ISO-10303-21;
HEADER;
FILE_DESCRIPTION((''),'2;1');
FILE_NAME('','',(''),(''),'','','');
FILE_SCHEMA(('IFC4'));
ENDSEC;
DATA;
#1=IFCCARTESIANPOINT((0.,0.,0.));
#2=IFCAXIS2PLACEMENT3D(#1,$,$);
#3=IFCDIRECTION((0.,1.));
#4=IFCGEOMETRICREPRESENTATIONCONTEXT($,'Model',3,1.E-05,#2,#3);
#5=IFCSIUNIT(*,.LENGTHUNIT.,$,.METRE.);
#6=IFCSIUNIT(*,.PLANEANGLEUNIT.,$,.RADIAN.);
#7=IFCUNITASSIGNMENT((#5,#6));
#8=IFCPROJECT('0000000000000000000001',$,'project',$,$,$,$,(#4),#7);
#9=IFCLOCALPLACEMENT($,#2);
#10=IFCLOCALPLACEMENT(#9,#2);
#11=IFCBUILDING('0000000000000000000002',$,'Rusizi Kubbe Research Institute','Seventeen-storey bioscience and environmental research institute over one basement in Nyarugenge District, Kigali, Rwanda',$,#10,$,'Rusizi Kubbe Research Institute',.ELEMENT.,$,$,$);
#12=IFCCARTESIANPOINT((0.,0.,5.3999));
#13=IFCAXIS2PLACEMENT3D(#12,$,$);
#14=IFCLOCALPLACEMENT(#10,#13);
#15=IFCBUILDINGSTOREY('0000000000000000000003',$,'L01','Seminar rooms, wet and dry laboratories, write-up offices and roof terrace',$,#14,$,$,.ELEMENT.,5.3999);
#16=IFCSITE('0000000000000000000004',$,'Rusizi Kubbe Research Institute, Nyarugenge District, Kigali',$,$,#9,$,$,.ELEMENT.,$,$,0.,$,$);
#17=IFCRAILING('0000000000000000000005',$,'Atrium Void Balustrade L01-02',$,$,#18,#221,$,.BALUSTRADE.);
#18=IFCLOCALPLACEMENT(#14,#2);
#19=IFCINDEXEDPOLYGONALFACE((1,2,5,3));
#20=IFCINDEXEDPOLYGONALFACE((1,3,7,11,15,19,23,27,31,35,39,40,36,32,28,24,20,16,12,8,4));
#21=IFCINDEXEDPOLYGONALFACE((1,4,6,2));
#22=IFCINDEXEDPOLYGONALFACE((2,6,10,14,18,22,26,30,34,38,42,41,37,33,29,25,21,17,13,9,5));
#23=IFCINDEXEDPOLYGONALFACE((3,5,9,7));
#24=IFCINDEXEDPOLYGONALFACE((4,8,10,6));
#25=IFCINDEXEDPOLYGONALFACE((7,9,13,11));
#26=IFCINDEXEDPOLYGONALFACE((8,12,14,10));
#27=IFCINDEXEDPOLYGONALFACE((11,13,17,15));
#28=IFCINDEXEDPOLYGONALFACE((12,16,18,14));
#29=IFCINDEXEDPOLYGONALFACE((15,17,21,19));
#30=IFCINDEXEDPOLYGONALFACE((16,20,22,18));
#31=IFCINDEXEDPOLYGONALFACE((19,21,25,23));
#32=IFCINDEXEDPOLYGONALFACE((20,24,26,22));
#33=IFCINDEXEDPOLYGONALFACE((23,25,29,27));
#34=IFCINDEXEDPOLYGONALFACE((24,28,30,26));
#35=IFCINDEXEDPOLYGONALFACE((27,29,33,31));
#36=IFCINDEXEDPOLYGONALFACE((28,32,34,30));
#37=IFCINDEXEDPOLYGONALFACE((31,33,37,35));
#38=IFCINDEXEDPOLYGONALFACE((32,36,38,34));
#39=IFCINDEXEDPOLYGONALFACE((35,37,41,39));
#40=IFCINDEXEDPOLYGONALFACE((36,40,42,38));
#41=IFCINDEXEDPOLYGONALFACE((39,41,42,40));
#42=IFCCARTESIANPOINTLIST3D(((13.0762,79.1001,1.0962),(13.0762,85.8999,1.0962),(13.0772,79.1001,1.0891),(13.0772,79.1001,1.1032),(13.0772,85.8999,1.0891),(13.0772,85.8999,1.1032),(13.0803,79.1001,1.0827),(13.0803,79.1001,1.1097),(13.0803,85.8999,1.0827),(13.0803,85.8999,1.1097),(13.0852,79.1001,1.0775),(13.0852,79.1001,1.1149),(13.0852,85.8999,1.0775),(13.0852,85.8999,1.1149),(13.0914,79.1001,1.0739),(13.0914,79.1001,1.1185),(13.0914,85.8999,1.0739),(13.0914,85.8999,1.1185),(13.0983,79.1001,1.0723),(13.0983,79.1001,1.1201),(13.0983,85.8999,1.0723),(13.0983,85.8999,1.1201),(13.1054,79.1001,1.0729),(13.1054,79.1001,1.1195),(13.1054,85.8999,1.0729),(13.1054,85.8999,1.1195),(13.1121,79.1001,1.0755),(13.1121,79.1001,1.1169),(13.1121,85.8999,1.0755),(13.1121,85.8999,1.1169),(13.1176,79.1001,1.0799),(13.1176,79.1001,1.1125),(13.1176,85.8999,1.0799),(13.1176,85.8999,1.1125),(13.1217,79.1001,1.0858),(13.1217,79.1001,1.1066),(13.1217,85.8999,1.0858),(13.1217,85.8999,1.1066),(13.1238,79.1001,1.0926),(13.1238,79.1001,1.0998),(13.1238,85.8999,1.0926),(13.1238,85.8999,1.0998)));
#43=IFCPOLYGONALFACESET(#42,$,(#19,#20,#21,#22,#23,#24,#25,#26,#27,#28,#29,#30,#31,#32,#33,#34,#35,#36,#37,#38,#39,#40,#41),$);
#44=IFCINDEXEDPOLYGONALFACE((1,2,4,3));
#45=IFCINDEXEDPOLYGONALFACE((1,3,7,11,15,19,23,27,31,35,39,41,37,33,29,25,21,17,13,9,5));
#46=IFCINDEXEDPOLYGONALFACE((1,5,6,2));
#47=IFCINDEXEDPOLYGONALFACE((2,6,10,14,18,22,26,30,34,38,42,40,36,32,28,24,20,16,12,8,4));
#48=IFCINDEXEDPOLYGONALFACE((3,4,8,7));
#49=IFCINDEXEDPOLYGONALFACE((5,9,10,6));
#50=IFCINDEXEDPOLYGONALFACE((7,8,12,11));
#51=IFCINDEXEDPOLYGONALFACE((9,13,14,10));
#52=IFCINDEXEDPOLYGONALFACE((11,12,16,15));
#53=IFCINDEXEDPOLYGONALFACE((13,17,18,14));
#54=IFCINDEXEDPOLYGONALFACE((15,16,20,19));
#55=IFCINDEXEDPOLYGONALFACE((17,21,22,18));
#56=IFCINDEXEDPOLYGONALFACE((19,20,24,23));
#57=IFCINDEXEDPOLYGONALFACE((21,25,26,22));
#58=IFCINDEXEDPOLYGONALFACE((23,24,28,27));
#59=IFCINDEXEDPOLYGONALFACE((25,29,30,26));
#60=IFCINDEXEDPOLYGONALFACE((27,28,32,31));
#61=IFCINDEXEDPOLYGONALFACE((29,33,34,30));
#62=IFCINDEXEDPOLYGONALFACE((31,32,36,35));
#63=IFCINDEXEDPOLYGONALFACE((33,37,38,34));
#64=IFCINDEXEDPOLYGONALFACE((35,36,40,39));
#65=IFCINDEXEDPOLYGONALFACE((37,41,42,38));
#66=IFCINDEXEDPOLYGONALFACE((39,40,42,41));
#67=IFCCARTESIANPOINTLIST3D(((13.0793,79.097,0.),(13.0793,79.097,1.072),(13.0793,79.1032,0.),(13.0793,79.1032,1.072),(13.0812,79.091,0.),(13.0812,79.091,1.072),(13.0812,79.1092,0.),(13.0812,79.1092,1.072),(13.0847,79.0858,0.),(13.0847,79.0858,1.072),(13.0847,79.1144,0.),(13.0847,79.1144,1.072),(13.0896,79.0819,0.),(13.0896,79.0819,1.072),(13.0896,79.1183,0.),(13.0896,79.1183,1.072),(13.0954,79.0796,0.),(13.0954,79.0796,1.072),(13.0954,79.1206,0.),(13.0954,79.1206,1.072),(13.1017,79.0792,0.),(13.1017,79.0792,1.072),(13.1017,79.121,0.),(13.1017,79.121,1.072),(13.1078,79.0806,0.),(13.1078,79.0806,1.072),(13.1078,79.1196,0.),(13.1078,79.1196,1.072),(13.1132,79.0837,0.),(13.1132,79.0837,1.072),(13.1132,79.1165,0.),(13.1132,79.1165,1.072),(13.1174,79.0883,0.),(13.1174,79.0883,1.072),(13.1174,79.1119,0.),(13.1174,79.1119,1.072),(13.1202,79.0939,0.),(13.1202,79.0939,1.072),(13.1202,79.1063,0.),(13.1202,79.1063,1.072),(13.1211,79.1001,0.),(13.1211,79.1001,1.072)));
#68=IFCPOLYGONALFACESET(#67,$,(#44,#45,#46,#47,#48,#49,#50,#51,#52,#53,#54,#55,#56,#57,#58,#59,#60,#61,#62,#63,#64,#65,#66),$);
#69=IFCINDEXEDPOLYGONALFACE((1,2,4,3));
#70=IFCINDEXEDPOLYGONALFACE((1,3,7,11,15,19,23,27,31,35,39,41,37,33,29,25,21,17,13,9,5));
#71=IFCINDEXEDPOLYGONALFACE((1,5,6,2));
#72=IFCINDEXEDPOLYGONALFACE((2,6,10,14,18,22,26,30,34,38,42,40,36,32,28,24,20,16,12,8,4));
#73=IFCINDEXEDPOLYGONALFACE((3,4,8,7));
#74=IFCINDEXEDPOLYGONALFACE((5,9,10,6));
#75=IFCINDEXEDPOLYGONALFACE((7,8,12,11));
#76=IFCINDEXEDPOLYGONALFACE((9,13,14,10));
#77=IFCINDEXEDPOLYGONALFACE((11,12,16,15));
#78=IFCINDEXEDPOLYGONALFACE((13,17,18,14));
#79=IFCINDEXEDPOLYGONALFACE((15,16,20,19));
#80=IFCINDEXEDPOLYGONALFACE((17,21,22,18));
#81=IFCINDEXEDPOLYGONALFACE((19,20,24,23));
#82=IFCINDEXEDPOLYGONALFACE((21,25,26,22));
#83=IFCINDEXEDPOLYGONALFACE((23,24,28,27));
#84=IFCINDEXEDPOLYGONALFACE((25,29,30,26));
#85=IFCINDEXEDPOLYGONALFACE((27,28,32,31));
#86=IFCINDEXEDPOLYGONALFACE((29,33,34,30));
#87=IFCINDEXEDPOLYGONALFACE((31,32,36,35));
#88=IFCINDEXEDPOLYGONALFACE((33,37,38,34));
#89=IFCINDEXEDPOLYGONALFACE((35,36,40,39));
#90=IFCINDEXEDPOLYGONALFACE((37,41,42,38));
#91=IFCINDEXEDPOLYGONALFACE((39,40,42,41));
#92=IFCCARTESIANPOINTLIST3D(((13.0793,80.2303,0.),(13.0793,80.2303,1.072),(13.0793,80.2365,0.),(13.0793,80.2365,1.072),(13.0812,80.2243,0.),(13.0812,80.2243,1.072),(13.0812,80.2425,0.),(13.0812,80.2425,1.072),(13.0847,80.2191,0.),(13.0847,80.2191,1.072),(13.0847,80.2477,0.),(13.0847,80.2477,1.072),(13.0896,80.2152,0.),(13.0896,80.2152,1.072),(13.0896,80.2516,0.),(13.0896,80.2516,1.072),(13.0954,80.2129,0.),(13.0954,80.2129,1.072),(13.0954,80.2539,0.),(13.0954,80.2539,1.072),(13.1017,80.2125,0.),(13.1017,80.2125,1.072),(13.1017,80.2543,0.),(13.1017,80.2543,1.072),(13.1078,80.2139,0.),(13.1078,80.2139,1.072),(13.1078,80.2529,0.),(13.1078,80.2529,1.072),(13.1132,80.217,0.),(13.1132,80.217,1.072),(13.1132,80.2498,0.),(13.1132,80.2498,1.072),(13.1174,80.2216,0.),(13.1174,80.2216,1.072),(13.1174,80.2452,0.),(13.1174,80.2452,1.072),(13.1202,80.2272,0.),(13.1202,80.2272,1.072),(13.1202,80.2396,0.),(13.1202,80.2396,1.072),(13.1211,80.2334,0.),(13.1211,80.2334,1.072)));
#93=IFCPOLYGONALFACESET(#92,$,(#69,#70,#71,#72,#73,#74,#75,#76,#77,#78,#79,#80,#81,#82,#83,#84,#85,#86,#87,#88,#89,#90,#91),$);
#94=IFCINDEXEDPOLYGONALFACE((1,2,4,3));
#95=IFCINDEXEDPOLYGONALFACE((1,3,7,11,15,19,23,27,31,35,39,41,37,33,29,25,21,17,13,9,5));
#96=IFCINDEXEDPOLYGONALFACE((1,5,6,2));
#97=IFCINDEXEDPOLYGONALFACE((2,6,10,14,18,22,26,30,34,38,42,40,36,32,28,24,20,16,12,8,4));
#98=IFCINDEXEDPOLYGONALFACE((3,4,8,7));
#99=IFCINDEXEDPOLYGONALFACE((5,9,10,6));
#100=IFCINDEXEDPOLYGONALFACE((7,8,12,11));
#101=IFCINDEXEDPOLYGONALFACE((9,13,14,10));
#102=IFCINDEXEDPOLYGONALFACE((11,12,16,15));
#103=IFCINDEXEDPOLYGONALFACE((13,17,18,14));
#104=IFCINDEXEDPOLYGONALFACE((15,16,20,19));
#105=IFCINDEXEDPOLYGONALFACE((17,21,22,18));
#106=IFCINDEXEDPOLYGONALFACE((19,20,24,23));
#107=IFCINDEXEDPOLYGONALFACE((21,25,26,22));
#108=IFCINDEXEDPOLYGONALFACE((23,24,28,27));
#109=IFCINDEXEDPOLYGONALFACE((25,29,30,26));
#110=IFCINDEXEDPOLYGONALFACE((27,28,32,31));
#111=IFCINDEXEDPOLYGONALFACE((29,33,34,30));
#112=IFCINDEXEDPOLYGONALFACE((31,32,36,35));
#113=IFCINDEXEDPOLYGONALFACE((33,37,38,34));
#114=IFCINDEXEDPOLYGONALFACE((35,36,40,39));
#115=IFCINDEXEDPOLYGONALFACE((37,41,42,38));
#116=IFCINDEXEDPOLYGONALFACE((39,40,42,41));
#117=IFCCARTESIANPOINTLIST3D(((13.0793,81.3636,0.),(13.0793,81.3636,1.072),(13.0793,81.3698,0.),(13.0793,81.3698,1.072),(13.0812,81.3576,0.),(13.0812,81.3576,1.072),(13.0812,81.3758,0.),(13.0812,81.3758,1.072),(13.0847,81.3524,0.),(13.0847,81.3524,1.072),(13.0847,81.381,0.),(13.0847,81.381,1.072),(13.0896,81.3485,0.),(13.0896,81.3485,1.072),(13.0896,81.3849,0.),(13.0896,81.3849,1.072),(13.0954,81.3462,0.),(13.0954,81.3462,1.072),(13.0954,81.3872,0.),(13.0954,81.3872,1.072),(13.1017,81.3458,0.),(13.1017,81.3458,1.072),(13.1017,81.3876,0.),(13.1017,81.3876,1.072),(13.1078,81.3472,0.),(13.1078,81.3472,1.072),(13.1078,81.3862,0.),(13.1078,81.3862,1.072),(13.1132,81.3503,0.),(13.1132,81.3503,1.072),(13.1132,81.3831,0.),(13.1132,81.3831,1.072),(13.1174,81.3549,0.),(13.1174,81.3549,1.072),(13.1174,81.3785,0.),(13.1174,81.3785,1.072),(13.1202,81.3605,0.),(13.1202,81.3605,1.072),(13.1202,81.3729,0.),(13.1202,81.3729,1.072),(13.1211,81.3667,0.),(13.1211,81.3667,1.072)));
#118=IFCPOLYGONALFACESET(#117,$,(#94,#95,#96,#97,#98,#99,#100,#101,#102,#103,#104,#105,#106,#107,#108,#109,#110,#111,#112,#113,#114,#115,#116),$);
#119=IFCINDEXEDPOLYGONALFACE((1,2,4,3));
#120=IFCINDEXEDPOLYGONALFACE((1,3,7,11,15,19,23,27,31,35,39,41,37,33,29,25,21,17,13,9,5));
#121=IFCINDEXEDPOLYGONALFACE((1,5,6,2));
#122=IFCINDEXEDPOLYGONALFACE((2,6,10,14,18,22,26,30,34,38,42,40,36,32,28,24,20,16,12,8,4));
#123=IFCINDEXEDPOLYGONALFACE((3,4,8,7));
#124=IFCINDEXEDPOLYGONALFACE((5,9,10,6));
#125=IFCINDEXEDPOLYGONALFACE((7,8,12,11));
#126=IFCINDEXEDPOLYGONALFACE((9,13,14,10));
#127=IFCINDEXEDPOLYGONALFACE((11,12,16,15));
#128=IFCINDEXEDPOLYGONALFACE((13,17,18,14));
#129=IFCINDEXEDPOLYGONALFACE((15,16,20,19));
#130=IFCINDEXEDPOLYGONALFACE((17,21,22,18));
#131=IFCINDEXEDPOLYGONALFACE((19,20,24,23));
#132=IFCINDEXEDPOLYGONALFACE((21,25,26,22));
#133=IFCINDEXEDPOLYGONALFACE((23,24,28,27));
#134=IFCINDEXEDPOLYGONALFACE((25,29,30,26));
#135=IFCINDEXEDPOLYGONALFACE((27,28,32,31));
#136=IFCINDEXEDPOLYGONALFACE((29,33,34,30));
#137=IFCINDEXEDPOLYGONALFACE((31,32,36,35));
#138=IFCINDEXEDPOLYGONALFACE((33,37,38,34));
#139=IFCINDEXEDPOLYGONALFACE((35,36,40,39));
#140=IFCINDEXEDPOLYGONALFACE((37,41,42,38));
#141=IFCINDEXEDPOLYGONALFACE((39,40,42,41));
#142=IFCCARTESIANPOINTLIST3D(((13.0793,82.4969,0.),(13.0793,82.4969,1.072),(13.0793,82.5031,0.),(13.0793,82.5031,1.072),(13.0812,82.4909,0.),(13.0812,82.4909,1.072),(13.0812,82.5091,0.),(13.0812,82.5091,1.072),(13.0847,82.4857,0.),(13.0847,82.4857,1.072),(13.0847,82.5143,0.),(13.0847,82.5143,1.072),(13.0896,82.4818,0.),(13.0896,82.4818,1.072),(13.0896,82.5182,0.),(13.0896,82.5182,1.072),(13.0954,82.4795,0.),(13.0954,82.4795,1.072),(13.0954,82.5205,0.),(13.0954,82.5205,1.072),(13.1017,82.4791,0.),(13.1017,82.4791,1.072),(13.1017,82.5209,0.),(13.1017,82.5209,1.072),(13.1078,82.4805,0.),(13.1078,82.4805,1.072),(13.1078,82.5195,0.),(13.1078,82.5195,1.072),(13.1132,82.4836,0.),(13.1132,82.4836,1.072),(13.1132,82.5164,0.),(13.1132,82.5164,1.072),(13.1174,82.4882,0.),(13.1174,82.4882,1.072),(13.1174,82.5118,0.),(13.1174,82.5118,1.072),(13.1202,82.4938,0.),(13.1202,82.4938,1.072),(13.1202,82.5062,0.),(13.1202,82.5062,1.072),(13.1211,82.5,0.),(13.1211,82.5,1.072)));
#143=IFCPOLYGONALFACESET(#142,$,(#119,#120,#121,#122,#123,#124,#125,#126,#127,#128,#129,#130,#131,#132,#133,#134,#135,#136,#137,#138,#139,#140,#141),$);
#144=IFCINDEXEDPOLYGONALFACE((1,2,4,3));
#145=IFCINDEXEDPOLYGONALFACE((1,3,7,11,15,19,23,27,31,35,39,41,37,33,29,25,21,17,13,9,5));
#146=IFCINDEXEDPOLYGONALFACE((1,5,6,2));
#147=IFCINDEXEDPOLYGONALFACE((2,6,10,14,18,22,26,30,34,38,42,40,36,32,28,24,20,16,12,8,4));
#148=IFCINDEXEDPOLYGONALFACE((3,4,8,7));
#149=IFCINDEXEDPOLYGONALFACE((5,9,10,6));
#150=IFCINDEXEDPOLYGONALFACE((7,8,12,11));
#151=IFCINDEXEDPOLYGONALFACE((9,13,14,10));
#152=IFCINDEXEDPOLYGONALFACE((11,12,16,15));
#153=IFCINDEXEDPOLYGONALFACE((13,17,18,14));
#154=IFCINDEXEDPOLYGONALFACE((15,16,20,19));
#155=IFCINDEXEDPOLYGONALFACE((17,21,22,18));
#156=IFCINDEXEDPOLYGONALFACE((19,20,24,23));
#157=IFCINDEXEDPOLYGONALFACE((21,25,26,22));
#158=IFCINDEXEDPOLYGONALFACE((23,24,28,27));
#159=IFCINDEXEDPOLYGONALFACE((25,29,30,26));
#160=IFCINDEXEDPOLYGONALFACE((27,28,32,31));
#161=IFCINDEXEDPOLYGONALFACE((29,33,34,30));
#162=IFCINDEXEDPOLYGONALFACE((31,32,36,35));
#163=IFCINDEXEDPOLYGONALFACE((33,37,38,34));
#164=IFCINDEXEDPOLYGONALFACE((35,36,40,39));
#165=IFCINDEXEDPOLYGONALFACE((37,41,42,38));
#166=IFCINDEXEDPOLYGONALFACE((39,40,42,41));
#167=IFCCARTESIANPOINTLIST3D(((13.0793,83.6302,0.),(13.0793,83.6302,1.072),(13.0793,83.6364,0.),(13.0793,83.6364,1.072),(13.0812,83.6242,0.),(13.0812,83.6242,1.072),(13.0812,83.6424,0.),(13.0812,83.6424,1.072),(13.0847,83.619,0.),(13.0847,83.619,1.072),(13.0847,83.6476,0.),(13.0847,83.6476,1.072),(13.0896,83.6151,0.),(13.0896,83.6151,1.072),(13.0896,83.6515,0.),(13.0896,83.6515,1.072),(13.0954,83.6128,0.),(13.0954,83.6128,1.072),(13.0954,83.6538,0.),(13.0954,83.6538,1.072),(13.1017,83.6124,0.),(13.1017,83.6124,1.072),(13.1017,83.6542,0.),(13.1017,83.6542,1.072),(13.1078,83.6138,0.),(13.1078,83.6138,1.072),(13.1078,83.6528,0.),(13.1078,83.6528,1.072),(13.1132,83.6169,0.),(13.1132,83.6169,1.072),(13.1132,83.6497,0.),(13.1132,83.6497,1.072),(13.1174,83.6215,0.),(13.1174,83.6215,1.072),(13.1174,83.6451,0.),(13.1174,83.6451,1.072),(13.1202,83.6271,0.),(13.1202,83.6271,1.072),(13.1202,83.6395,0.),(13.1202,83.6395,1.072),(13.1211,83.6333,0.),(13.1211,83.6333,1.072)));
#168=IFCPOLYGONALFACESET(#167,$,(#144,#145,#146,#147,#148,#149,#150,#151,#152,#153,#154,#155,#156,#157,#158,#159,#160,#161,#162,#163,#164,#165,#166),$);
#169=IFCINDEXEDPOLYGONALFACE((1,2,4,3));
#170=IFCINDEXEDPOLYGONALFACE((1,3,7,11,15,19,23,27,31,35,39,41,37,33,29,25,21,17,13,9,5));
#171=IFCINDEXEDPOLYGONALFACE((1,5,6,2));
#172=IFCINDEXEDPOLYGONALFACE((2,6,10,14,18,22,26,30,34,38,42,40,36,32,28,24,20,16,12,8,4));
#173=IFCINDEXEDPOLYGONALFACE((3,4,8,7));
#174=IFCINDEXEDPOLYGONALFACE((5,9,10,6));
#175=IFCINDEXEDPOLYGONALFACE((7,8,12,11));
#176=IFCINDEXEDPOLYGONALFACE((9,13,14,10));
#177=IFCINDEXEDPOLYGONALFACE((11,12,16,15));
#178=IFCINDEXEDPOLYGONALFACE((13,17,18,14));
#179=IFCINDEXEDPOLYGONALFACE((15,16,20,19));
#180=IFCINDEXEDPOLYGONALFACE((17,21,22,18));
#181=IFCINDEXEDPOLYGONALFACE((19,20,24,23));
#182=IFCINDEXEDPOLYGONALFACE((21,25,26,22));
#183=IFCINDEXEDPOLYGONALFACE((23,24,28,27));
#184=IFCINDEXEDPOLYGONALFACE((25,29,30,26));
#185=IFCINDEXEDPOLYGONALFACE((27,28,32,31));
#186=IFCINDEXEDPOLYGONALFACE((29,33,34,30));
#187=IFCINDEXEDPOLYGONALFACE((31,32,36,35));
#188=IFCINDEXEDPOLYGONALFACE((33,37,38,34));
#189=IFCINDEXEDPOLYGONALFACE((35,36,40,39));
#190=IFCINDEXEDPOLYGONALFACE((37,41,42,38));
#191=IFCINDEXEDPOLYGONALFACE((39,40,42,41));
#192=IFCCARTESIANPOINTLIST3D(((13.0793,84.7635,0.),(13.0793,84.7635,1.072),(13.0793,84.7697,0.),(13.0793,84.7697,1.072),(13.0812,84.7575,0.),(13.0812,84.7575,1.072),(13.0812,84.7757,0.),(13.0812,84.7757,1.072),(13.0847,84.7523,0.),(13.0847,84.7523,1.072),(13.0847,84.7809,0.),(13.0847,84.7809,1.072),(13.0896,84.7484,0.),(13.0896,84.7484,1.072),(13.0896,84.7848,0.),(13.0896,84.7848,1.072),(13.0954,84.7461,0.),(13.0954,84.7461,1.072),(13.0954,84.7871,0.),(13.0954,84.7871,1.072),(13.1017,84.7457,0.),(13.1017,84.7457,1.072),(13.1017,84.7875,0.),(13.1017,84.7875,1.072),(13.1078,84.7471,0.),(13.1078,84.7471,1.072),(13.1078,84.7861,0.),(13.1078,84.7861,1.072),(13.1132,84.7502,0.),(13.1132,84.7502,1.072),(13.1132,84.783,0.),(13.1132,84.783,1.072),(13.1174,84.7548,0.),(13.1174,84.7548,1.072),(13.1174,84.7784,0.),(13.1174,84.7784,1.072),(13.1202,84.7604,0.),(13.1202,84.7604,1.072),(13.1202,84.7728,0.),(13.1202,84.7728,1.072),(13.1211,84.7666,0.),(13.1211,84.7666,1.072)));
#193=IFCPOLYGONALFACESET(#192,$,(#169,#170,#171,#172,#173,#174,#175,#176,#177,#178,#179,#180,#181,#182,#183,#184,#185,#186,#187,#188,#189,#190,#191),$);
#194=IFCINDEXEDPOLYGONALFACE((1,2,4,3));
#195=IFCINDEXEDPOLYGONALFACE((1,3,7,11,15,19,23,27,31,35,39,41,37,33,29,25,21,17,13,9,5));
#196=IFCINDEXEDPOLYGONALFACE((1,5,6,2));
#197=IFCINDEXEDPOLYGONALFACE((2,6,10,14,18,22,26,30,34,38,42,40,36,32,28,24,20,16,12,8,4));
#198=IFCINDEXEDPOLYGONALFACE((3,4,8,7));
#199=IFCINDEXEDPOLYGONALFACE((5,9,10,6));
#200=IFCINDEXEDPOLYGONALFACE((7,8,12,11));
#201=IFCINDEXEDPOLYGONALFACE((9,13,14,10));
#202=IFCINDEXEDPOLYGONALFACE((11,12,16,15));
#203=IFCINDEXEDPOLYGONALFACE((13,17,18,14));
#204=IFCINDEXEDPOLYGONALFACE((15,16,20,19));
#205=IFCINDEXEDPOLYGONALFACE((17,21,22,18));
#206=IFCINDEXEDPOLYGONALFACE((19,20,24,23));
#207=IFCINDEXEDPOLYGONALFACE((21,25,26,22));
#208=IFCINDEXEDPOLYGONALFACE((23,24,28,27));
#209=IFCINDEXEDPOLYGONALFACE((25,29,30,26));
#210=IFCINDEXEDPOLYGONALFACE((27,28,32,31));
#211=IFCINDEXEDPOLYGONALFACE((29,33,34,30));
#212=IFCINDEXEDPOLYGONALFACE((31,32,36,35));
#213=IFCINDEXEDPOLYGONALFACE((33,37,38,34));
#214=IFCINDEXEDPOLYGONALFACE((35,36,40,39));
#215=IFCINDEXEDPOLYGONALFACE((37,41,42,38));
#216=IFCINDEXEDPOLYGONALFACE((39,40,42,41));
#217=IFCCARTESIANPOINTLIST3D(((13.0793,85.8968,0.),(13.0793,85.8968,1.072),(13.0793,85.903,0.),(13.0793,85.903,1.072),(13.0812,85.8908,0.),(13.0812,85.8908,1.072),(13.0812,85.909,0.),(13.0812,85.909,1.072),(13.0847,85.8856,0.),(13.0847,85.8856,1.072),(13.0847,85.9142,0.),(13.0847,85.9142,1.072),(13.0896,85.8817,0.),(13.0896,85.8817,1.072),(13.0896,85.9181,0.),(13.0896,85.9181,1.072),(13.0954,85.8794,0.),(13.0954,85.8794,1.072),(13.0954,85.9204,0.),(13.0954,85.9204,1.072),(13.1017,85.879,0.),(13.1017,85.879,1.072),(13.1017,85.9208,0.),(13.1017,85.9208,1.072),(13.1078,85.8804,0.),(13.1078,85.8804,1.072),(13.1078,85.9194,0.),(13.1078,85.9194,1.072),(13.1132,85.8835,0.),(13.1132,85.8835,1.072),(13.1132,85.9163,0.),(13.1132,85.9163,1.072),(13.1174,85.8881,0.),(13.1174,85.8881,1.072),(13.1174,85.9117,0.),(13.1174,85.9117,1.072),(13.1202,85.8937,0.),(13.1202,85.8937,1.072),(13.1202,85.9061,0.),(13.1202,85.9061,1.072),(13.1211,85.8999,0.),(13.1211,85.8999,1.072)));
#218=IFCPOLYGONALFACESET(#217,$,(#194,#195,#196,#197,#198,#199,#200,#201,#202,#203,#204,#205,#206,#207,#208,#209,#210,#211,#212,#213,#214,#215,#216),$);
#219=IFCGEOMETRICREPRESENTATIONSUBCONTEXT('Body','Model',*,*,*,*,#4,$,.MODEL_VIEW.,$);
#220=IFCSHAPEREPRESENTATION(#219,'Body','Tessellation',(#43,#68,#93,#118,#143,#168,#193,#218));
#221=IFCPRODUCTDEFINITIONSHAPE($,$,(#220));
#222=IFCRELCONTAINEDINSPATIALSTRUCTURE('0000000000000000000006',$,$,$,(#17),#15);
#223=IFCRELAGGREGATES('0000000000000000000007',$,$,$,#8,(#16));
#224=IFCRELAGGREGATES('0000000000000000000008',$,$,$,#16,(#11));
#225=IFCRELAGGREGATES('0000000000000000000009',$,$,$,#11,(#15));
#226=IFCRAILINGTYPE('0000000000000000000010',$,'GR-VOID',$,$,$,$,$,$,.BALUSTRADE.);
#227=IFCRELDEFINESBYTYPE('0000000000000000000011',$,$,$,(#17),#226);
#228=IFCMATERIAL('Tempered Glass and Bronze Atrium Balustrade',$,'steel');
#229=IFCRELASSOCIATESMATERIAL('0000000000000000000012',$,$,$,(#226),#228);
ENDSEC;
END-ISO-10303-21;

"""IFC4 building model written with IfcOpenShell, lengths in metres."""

from ifc_helpers import new_model, si_unit, direction, frame, origin, origin_2d, place, context, subcontext, project, spatial, circle, extrude, material, type_object, element, save


model = new_model("IFC4")

# Units and contexts
model_context = context("Model", 3, precision=1e-05, world=origin(), true_north=direction((0.0, 1.0)))
body_context = subcontext(model_context, "Body", "Model", "MODEL_VIEW")
ifc_project = project(units=[si_unit("LENGTHUNIT", "METRE"), si_unit("PLANEANGLEUNIT", "RADIAN")], contexts=[model_context])

# Site, building, storey
site_placement = place(None, origin())
site = spatial("IfcSite", under=ifc_project, at=site_placement, Name="Rusizi Kubbe Research Institute, Nyarugenge District, Kigali", CompositionType="ELEMENT", RefElevation=0.0)
building_placement = place(site_placement, origin())
building = spatial("IfcBuilding", under=site, at=building_placement, Name="Rusizi Kubbe Research Institute", Description="Seventeen-storey bioscience and environmental research institute over one basement in Nyarugenge District, Kigali, Rwanda", LongName="Rusizi Kubbe Research Institute", CompositionType="ELEMENT")
storey_placement = place(building_placement, frame((0.0, 0.0, 5.3999)))
storey = spatial("IfcBuildingStorey", under=building, at=storey_placement, Name="L01", Description="Seminar rooms, wet and dry laboratories, write-up offices and roof terrace", CompositionType="ELEMENT", Elevation=5.3999)

# Railing
ifc_material_1 = material(Name="Tempered Glass and Bronze Atrium Balustrade", Category="steel")
railing_type = type_object("IfcRailingType", Name="GR-VOID", PredefinedType="BALUSTRADE", material=ifc_material_1)
railing_1_placement = place(storey_placement, frame((13.1001, 79.1001, 0.0)))
element("IfcRailing", 1, at=railing_1_placement, inside=storey, type_object=railing_type, Name="Atrium Void Balustrade L01-02", PredefinedType="BALUSTRADE", context=body_context, shape_type="SweptSolid", body=[
    extrude(circle(Radius=0.0239, at=origin_2d()), frame((0.0, 0.0, 1.0962), z_axis=(0.0, 1.0, 0.0), x_axis=(-1.0, 0.0, 0.0)), (0.0, 0.0, 1.0), 6.7998),
    extrude(circle(Radius=0.021, at=origin_2d()), origin(), (0.0, 0.0, 1.0), 1.072),
    extrude(circle(Radius=0.021, at=origin_2d()), frame((0.0, 1.1333, 0.0)), (0.0, 0.0, 1.0), 1.072),
    extrude(circle(Radius=0.021, at=origin_2d()), frame((0.0, 2.2666, 0.0)), (0.0, 0.0, 1.0), 1.072),
    extrude(circle(Radius=0.021, at=origin_2d()), frame((0.0, 3.3999, 0.0)), (0.0, 0.0, 1.0), 1.072),
    extrude(circle(Radius=0.021, at=origin_2d()), frame((0.0, 4.5332, 0.0)), (0.0, 0.0, 1.0), 1.072),
    extrude(circle(Radius=0.021, at=origin_2d()), frame((0.0, 5.6665, 0.0)), (0.0, 0.0, 1.0), 1.072),
    extrude(circle(Radius=0.021, at=origin_2d()), frame((0.0, 6.7998, 0.0)), (0.0, 0.0, 1.0), 1.072),
])

save(model, "model.ifc")
